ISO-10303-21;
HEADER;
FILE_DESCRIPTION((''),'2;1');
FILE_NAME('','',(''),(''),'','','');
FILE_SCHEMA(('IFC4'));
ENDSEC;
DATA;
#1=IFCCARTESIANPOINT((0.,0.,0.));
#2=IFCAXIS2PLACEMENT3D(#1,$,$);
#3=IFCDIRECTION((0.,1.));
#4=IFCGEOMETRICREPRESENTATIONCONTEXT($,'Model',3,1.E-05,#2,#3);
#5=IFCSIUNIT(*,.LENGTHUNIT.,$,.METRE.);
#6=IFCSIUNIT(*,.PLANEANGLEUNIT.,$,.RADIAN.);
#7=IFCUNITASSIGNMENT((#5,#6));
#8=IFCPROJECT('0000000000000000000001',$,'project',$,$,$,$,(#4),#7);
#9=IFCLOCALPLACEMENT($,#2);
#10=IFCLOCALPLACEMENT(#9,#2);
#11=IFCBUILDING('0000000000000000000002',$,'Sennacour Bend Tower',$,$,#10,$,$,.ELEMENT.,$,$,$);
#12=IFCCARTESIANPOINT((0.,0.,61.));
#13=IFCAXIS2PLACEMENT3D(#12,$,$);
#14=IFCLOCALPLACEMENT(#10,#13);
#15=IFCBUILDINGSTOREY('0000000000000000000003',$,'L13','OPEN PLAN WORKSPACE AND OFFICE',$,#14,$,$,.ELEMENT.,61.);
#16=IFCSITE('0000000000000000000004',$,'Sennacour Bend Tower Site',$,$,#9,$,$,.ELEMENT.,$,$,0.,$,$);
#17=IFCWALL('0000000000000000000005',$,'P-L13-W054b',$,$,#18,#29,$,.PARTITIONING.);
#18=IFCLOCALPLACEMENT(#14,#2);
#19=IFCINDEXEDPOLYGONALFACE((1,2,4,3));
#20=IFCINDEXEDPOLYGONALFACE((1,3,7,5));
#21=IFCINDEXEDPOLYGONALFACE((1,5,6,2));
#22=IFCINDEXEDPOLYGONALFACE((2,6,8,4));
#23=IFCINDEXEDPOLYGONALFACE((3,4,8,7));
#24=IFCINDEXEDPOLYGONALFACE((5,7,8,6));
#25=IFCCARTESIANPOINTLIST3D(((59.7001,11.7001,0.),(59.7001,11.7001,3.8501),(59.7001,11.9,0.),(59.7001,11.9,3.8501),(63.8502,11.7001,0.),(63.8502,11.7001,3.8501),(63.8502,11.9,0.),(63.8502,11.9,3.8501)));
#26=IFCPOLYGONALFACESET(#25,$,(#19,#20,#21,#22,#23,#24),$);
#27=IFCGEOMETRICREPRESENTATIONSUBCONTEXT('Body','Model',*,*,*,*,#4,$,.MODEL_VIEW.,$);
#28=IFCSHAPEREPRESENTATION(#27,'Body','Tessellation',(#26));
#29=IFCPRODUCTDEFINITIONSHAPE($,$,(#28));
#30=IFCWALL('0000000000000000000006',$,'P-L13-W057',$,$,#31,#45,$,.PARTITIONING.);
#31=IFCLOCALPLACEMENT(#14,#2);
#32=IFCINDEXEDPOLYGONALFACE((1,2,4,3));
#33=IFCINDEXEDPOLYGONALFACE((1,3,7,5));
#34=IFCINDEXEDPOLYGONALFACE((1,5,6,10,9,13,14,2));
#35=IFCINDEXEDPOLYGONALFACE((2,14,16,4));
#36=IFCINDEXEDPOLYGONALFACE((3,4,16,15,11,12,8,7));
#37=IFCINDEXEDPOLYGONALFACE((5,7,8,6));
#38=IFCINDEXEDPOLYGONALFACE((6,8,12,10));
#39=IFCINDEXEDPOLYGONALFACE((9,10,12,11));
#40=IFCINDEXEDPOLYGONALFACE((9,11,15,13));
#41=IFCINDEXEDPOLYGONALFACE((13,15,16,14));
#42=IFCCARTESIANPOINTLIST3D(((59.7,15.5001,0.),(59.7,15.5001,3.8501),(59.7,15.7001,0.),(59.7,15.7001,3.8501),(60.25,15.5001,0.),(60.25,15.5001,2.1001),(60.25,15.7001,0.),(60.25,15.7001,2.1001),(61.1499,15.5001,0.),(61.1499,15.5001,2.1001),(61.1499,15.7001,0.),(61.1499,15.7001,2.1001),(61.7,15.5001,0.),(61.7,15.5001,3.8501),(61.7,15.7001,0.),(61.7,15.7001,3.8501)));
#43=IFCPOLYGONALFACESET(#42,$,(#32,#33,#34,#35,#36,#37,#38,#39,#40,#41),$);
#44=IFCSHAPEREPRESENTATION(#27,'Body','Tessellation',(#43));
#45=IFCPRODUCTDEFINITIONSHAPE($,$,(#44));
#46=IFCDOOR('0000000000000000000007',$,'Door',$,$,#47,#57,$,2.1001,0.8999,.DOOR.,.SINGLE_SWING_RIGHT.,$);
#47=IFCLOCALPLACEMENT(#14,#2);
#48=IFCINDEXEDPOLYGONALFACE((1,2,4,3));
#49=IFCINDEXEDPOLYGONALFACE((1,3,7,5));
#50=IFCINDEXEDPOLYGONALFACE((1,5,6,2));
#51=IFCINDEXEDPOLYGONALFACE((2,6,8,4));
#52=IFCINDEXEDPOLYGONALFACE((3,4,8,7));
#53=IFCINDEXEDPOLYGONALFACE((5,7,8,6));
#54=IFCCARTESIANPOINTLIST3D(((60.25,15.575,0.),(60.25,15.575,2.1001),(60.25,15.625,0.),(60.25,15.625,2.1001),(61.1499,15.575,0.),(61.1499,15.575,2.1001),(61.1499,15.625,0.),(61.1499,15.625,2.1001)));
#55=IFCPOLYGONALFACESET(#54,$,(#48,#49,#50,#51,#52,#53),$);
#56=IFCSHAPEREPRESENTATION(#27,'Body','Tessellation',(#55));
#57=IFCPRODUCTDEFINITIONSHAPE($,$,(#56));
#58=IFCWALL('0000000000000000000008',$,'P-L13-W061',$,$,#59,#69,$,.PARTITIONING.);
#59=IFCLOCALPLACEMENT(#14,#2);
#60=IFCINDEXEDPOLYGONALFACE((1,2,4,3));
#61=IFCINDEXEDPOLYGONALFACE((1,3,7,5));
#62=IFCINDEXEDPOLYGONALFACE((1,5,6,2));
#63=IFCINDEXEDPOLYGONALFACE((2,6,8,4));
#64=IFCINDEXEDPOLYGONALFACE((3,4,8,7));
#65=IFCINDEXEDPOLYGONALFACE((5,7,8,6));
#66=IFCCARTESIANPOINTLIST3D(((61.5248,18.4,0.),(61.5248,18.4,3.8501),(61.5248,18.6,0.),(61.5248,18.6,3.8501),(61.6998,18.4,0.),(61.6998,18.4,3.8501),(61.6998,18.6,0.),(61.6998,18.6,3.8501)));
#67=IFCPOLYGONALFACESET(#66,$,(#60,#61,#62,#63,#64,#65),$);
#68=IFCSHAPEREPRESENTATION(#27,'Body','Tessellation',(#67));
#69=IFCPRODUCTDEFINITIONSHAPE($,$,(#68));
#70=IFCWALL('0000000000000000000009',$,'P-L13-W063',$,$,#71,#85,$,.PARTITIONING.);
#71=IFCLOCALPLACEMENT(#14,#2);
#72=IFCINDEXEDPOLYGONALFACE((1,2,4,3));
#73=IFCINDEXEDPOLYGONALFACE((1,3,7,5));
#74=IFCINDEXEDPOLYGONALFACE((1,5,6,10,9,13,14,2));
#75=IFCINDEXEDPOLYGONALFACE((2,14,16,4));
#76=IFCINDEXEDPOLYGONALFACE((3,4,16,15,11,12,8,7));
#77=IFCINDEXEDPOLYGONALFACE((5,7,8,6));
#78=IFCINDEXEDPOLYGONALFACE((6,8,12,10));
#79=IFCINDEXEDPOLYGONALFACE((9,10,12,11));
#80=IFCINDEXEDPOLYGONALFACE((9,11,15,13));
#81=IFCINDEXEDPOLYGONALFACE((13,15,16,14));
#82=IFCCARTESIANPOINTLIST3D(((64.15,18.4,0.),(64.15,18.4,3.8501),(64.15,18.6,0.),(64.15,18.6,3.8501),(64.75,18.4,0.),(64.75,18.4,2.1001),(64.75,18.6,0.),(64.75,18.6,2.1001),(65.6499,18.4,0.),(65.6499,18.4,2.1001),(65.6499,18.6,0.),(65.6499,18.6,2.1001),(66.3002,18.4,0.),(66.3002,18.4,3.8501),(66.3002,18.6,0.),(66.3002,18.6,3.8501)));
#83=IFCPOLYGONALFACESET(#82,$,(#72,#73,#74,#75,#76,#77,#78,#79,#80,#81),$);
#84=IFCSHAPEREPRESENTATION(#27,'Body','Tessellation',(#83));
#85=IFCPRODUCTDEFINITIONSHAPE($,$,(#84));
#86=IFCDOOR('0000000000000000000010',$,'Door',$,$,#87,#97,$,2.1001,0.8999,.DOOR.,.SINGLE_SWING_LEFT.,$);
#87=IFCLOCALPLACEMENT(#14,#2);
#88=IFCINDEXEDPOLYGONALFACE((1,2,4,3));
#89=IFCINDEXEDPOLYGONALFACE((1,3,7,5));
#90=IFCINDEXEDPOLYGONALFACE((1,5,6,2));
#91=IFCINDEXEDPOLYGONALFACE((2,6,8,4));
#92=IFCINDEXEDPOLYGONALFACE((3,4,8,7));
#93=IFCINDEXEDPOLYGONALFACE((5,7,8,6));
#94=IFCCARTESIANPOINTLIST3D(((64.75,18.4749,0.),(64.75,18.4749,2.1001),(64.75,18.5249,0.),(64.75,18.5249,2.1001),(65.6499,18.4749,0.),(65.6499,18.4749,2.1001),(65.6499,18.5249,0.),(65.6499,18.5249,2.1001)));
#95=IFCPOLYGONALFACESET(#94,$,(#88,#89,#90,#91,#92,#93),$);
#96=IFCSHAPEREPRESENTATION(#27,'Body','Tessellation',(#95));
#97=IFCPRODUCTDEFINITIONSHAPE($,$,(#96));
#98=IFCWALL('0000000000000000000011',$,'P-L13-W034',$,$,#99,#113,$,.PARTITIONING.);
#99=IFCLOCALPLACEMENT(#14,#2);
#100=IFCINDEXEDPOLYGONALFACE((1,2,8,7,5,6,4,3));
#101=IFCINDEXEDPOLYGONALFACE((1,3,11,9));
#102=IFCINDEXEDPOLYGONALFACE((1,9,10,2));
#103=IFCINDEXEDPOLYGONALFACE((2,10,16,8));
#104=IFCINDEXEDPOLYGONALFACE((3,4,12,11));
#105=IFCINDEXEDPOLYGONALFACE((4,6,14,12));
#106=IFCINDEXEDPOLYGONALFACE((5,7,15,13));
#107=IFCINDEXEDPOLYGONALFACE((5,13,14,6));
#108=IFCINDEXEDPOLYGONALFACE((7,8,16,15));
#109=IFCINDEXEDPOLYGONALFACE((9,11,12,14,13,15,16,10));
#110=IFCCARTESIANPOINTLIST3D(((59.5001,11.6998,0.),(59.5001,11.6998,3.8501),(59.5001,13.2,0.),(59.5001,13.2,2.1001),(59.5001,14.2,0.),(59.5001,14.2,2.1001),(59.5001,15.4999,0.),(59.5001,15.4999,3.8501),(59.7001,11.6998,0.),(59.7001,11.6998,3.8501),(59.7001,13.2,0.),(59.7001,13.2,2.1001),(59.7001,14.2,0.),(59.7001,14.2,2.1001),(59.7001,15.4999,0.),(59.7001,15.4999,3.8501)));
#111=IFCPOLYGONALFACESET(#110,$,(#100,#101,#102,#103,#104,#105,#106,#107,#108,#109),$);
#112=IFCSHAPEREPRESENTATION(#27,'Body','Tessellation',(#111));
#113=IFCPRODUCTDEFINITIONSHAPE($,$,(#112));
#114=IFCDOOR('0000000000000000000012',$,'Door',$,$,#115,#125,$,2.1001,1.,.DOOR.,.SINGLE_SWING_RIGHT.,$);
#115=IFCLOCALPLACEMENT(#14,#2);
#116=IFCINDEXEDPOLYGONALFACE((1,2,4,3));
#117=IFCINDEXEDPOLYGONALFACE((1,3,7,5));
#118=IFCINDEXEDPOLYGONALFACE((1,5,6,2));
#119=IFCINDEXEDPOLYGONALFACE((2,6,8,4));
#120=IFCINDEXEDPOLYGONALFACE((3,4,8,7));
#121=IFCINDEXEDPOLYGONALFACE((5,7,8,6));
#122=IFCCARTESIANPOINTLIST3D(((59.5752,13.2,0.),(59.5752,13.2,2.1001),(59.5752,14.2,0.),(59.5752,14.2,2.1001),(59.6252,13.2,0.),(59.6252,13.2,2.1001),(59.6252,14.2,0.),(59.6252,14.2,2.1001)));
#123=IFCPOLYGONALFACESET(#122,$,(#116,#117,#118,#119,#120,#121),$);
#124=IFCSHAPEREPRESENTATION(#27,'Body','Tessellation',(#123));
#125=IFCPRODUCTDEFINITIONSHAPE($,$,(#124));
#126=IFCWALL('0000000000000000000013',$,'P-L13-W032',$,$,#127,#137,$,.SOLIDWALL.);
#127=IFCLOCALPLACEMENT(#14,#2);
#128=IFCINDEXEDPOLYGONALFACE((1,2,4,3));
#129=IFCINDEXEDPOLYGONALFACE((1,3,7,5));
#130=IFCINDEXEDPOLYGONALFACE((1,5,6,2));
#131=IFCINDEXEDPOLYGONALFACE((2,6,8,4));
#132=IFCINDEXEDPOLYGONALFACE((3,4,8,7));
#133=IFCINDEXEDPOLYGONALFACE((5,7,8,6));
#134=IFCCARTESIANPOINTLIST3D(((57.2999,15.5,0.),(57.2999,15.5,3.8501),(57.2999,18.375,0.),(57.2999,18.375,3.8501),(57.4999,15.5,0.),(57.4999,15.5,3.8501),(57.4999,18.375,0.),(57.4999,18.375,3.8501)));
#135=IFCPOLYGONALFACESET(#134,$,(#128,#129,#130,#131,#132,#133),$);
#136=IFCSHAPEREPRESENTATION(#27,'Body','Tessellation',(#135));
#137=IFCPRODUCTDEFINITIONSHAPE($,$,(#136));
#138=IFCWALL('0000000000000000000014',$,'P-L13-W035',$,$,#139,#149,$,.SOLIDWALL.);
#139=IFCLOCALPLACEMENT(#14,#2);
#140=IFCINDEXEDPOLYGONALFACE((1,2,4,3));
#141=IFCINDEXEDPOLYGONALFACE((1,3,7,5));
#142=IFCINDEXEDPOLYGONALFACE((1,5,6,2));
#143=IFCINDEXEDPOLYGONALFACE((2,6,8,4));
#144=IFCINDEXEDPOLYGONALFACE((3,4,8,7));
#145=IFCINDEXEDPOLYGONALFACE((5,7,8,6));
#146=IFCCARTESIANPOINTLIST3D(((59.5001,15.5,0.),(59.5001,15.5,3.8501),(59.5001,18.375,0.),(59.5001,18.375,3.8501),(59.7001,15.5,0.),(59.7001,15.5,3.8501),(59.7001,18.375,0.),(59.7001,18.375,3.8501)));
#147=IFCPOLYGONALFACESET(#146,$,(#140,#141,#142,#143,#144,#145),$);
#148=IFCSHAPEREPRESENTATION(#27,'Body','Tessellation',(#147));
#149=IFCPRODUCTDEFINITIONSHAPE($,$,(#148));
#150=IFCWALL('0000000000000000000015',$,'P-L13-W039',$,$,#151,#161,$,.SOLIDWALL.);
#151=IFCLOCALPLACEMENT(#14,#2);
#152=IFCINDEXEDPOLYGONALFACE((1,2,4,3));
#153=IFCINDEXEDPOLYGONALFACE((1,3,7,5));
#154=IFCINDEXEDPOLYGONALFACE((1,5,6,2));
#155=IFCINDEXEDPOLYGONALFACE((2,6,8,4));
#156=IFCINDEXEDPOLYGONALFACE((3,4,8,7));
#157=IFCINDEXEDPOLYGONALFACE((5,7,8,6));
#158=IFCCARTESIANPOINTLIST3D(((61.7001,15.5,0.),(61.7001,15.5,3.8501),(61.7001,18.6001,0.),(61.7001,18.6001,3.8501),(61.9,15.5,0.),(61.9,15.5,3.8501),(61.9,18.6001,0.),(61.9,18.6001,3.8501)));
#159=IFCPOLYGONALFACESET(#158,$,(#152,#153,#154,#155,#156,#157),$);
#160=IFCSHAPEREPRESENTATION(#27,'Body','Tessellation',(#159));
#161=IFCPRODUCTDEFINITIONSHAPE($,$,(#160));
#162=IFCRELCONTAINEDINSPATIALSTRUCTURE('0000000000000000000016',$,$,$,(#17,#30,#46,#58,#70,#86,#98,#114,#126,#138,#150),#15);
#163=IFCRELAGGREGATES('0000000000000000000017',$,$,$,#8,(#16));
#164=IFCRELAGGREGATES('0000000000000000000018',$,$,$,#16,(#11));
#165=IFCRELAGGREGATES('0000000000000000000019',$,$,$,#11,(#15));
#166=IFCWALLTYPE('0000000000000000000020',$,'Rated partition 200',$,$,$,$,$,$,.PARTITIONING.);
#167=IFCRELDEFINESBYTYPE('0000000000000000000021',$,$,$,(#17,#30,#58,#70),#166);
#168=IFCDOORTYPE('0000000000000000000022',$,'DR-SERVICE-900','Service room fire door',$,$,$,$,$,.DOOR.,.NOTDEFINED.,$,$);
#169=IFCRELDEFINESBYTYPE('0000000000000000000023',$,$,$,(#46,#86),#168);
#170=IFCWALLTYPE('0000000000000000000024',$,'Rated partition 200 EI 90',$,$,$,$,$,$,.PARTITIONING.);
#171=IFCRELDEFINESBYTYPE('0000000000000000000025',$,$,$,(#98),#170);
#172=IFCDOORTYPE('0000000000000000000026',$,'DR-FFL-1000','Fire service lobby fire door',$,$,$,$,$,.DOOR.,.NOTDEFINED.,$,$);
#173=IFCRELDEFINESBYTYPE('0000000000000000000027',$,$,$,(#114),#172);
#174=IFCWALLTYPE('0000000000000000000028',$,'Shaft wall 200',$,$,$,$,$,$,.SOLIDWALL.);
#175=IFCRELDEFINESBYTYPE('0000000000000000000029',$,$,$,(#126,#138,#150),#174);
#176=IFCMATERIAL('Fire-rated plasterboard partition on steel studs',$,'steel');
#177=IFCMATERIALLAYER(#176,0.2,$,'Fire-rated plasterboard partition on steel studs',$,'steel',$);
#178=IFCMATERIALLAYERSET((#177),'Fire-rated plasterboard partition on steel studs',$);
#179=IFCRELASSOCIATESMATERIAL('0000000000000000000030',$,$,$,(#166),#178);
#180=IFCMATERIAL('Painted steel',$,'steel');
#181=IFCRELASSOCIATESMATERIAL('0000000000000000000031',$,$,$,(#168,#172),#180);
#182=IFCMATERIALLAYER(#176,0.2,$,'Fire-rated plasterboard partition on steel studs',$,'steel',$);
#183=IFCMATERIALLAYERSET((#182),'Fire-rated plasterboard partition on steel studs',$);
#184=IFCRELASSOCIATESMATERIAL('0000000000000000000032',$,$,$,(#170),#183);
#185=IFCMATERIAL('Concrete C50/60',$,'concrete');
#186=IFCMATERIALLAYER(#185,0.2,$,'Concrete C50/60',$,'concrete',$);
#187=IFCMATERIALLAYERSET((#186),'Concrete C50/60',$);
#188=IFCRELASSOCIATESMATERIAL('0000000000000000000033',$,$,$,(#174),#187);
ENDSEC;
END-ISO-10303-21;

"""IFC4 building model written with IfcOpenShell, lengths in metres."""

from ifc_helpers import new_model, si_unit, direction, frame, frame_2d, origin, place, context, subcontext, project, spatial, rectangle, extrude, material, layer, layer_set, type_object, element, fill, save


model = new_model("IFC4")

# Units and contexts
model_context = context("Model", 3, precision=1e-05, world=origin(), true_north=direction((0.0, 1.0)))
body_context = subcontext(model_context, "Body", "Model", "MODEL_VIEW")
ifc_project = project(units=[si_unit("LENGTHUNIT", "METRE"), si_unit("PLANEANGLEUNIT", "RADIAN")], contexts=[model_context])

# Site, building, storey
site_placement = place(None, origin())
site = spatial("IfcSite", under=ifc_project, at=site_placement, Name="Sennacour Bend Tower Site", CompositionType="ELEMENT", RefElevation=0.0)
building_placement = place(site_placement, origin())
building = spatial("IfcBuilding", under=site, at=building_placement, Name="Sennacour Bend Tower", CompositionType="ELEMENT")
storey_placement = place(building_placement, frame((0.0, 0.0, 61.0)))
storey = spatial("IfcBuildingStorey", under=building, at=storey_placement, Name="L13", Description="OPEN PLAN WORKSPACE AND OFFICE", CompositionType="ELEMENT", Elevation=61.0)

# Wall
ifc_material_1 = material(Name="Fire-rated plasterboard partition on steel studs", Category="steel")
ifc_layer_1 = layer(ifc_material_1, 0.2, Name="Fire-rated plasterboard partition on steel studs", Category="steel")
ifc_layer_set_1 = layer_set([ifc_layer_1], Name="Fire-rated plasterboard partition on steel studs")
wall_type_1 = type_object("IfcWallType", Name="Rated partition 200", PredefinedType="PARTITIONING", material=ifc_layer_set_1)
wall_1_placement = place(storey_placement, frame((59.7, 11.8, 0.0), z_axis=(0.0, 0.0, 1.0), x_axis=(1.0, 0.0, 0.0)))
element("IfcWall", 1, at=wall_1_placement, inside=storey, type_object=wall_type_1, Name="P-L13-W054b", PredefinedType="PARTITIONING", context=body_context, shape_type="SweptSolid", body=[
    extrude(rectangle(XDim=4.1501, YDim=0.2, at=frame_2d((2.0752, 0.0))), origin(), (0.0, 0.0, 1.0), 3.8501),
])

# Wall, opening, door
wall_2_placement = place(storey_placement, frame((59.7, 15.6001, 0.0), z_axis=(0.0, 0.0, 1.0), x_axis=(1.0, 0.0, 0.0)))
wall_2 = element("IfcWall", 2, at=wall_2_placement, inside=storey, type_object=wall_type_1, Name="P-L13-W057", PredefinedType="PARTITIONING", context=body_context, shape_type="SweptSolid", body=[
    extrude(rectangle(XDim=2.0, YDim=0.2, at=frame_2d((1.0, 0.0))), origin(), (0.0, 0.0, 1.0), 3.8501),
])
opening_1_placement = place(wall_2_placement, frame((0.55, 0.0, 0.0)))
opening_1 = element("IfcOpeningElement", 3, at=opening_1_placement, cuts=wall_2, PredefinedType="OPENING", context=body_context, shape_type="SweptSolid", body=[
    extrude(rectangle(XDim=0.8999, YDim=2.1001, at=frame_2d((0.45, 1.05))), frame((0.0, 0.1099, 0.0), z_axis=(0.0, -1.0, 0.0), x_axis=(1.0, 0.0, 0.0)), (0.0, 0.0, 1.0), 0.22),
])
ifc_material_2 = material(Name="Painted steel", Category="steel")
door_type_1 = type_object("IfcDoorType", Name="DR-SERVICE-900", Description="Service room fire door", OperationType="NOTDEFINED", PredefinedType="DOOR", material=ifc_material_2)
door_1_placement = place(opening_1_placement, origin())
door_1 = element("IfcDoor", 4, at=door_1_placement, inside=storey, type_object=door_type_1, Name="Door", OperationType="SINGLE_SWING_RIGHT", OverallHeight=2.1001, OverallWidth=0.8999, PredefinedType="DOOR", context=body_context, shape_type="SweptSolid", body=[
    extrude(rectangle(XDim=0.8999, YDim=2.1001, at=frame_2d((0.45, 1.05))), frame((0.0, 0.0249, 0.0), z_axis=(0.0, -1.0, 0.0), x_axis=(1.0, 0.0, 0.0)), (0.0, 0.0, 1.0), 0.05),
])
fill(opening_1, door_1)

# Wall
wall_3_placement = place(storey_placement, frame((61.5249, 18.5, 0.0), z_axis=(0.0, 0.0, 1.0), x_axis=(1.0, 0.0, 0.0)))
element("IfcWall", 5, at=wall_3_placement, inside=storey, type_object=wall_type_1, Name="P-L13-W061", PredefinedType="PARTITIONING", context=body_context, shape_type="SweptSolid", body=[
    extrude(rectangle(XDim=0.175, YDim=0.2, at=frame_2d((0.0874, 0.0))), origin(), (0.0, 0.0, 1.0), 3.8501),
])

# Walls, openings, doors
wall_4_placement = place(storey_placement, frame((64.1499, 18.5, 0.0), z_axis=(0.0, 0.0, 1.0), x_axis=(1.0, 0.0, 0.0)))
wall_4 = element("IfcWall", 6, at=wall_4_placement, inside=storey, type_object=wall_type_1, Name="P-L13-W063", PredefinedType="PARTITIONING", context=body_context, shape_type="SweptSolid", body=[
    extrude(rectangle(XDim=2.1501, YDim=0.2, at=frame_2d((1.0752, 0.0))), origin(), (0.0, 0.0, 1.0), 3.8501),
])
opening_2_placement = place(wall_4_placement, frame((0.6001, 0.0, 0.0)))
opening_2 = element("IfcOpeningElement", 7, at=opening_2_placement, cuts=wall_4, PredefinedType="OPENING", context=body_context, shape_type="SweptSolid", body=[
    extrude(rectangle(XDim=0.8999, YDim=2.1001, at=frame_2d((0.45, 1.05))), frame((0.0, 0.1099, 0.0), z_axis=(0.0, -1.0, 0.0), x_axis=(1.0, 0.0, 0.0)), (0.0, 0.0, 1.0), 0.22),
])
door_2_placement = place(opening_2_placement, origin())
door_2 = element("IfcDoor", 8, at=door_2_placement, inside=storey, type_object=door_type_1, Name="Door", OperationType="SINGLE_SWING_LEFT", OverallHeight=2.1001, OverallWidth=0.8999, PredefinedType="DOOR", context=body_context, shape_type="SweptSolid", body=[
    extrude(rectangle(XDim=0.8999, YDim=2.1001, at=frame_2d((0.45, 1.05))), frame((0.0, 0.0249, 0.0), z_axis=(0.0, -1.0, 0.0), x_axis=(1.0, 0.0, 0.0)), (0.0, 0.0, 1.0), 0.05),
])
fill(opening_2, door_2)
ifc_layer_2 = layer(ifc_material_1, 0.2, Name="Fire-rated plasterboard partition on steel studs", Category="steel")
ifc_layer_set_2 = layer_set([ifc_layer_2], Name="Fire-rated plasterboard partition on steel studs")
wall_type_2 = type_object("IfcWallType", Name="Rated partition 200 EI 90", PredefinedType="PARTITIONING", material=ifc_layer_set_2)
wall_5_placement = place(storey_placement, frame((59.6001, 11.7, 0.0), z_axis=(0.0, 0.0, 1.0), x_axis=(0.0, 1.0, 0.0)))
wall_5 = element("IfcWall", 9, at=wall_5_placement, inside=storey, type_object=wall_type_2, Name="P-L13-W034", PredefinedType="PARTITIONING", context=body_context, shape_type="SweptSolid", body=[
    extrude(rectangle(XDim=3.8, YDim=0.2, at=frame_2d((1.8999, 0.0))), origin(), (0.0, 0.0, 1.0), 3.8501),
])
opening_3_placement = place(wall_5_placement, frame((1.5, 0.0, 0.0)))
opening_3 = element("IfcOpeningElement", 10, at=opening_3_placement, cuts=wall_5, PredefinedType="OPENING", context=body_context, shape_type="SweptSolid", body=[
    extrude(rectangle(XDim=1.0, YDim=2.1001, at=frame_2d((0.5, 1.05))), frame((0.0, 0.1099, 0.0), z_axis=(0.0, -1.0, 0.0), x_axis=(1.0, 0.0, 0.0)), (0.0, 0.0, 1.0), 0.22),
])
door_type_2 = type_object("IfcDoorType", Name="DR-FFL-1000", Description="Fire service lobby fire door", OperationType="NOTDEFINED", PredefinedType="DOOR", material=ifc_material_2)
door_3_placement = place(opening_3_placement, origin())
door_3 = element("IfcDoor", 11, at=door_3_placement, inside=storey, type_object=door_type_2, Name="Door", OperationType="SINGLE_SWING_RIGHT", OverallHeight=2.1001, OverallWidth=1.0, PredefinedType="DOOR", context=body_context, shape_type="SweptSolid", body=[
    extrude(rectangle(XDim=1.0, YDim=2.1001, at=frame_2d((0.5, 1.05))), frame((0.0, 0.0249, 0.0), z_axis=(0.0, -1.0, 0.0), x_axis=(1.0, 0.0, 0.0)), (0.0, 0.0, 1.0), 0.05),
])
fill(opening_3, door_3)

# Walls
ifc_material_3 = material(Name="Concrete C50/60", Category="concrete")
ifc_layer_3 = layer(ifc_material_3, 0.2, Name="Concrete C50/60", Category="concrete")
ifc_layer_set_3 = layer_set([ifc_layer_3], Name="Concrete C50/60")
wall_type_3 = type_object("IfcWallType", Name="Shaft wall 200", PredefinedType="SOLIDWALL", material=ifc_layer_set_3)
for number, where, z_axis, x_axis, name in (
    (12, (57.3999, 15.5, 0.0), (0.0, 0.0, 1.0), (0.0, 1.0, 0.0), "P-L13-W032"),
    (13, (59.6001, 15.5, 0.0), (0.0, 0.0, 1.0), (0.0, 1.0, 0.0), "P-L13-W035"),
):
    element("IfcWall", number, at=place(storey_placement, frame(where, z_axis=z_axis, x_axis=x_axis)), inside=storey, type_object=wall_type_3, Name=name, PredefinedType="SOLIDWALL", context=body_context, shape_type="SweptSolid", body=[
        extrude(rectangle(XDim=2.875, YDim=0.2, at=frame_2d((1.4375, 0.0))), origin(), (0.0, 0.0, 1.0), 3.8501),
    ])
wall_6_placement = place(storey_placement, frame((61.8, 15.5, 0.0), z_axis=(0.0, 0.0, 1.0), x_axis=(0.0, 1.0, 0.0)))
element("IfcWall", 14, at=wall_6_placement, inside=storey, type_object=wall_type_3, Name="P-L13-W039", PredefinedType="SOLIDWALL", context=body_context, shape_type="SweptSolid", body=[
    extrude(rectangle(XDim=3.1001, YDim=0.2, at=frame_2d((1.55, 0.0))), origin(), (0.0, 0.0, 1.0), 3.8501),
])

save(model, "model.ifc")
